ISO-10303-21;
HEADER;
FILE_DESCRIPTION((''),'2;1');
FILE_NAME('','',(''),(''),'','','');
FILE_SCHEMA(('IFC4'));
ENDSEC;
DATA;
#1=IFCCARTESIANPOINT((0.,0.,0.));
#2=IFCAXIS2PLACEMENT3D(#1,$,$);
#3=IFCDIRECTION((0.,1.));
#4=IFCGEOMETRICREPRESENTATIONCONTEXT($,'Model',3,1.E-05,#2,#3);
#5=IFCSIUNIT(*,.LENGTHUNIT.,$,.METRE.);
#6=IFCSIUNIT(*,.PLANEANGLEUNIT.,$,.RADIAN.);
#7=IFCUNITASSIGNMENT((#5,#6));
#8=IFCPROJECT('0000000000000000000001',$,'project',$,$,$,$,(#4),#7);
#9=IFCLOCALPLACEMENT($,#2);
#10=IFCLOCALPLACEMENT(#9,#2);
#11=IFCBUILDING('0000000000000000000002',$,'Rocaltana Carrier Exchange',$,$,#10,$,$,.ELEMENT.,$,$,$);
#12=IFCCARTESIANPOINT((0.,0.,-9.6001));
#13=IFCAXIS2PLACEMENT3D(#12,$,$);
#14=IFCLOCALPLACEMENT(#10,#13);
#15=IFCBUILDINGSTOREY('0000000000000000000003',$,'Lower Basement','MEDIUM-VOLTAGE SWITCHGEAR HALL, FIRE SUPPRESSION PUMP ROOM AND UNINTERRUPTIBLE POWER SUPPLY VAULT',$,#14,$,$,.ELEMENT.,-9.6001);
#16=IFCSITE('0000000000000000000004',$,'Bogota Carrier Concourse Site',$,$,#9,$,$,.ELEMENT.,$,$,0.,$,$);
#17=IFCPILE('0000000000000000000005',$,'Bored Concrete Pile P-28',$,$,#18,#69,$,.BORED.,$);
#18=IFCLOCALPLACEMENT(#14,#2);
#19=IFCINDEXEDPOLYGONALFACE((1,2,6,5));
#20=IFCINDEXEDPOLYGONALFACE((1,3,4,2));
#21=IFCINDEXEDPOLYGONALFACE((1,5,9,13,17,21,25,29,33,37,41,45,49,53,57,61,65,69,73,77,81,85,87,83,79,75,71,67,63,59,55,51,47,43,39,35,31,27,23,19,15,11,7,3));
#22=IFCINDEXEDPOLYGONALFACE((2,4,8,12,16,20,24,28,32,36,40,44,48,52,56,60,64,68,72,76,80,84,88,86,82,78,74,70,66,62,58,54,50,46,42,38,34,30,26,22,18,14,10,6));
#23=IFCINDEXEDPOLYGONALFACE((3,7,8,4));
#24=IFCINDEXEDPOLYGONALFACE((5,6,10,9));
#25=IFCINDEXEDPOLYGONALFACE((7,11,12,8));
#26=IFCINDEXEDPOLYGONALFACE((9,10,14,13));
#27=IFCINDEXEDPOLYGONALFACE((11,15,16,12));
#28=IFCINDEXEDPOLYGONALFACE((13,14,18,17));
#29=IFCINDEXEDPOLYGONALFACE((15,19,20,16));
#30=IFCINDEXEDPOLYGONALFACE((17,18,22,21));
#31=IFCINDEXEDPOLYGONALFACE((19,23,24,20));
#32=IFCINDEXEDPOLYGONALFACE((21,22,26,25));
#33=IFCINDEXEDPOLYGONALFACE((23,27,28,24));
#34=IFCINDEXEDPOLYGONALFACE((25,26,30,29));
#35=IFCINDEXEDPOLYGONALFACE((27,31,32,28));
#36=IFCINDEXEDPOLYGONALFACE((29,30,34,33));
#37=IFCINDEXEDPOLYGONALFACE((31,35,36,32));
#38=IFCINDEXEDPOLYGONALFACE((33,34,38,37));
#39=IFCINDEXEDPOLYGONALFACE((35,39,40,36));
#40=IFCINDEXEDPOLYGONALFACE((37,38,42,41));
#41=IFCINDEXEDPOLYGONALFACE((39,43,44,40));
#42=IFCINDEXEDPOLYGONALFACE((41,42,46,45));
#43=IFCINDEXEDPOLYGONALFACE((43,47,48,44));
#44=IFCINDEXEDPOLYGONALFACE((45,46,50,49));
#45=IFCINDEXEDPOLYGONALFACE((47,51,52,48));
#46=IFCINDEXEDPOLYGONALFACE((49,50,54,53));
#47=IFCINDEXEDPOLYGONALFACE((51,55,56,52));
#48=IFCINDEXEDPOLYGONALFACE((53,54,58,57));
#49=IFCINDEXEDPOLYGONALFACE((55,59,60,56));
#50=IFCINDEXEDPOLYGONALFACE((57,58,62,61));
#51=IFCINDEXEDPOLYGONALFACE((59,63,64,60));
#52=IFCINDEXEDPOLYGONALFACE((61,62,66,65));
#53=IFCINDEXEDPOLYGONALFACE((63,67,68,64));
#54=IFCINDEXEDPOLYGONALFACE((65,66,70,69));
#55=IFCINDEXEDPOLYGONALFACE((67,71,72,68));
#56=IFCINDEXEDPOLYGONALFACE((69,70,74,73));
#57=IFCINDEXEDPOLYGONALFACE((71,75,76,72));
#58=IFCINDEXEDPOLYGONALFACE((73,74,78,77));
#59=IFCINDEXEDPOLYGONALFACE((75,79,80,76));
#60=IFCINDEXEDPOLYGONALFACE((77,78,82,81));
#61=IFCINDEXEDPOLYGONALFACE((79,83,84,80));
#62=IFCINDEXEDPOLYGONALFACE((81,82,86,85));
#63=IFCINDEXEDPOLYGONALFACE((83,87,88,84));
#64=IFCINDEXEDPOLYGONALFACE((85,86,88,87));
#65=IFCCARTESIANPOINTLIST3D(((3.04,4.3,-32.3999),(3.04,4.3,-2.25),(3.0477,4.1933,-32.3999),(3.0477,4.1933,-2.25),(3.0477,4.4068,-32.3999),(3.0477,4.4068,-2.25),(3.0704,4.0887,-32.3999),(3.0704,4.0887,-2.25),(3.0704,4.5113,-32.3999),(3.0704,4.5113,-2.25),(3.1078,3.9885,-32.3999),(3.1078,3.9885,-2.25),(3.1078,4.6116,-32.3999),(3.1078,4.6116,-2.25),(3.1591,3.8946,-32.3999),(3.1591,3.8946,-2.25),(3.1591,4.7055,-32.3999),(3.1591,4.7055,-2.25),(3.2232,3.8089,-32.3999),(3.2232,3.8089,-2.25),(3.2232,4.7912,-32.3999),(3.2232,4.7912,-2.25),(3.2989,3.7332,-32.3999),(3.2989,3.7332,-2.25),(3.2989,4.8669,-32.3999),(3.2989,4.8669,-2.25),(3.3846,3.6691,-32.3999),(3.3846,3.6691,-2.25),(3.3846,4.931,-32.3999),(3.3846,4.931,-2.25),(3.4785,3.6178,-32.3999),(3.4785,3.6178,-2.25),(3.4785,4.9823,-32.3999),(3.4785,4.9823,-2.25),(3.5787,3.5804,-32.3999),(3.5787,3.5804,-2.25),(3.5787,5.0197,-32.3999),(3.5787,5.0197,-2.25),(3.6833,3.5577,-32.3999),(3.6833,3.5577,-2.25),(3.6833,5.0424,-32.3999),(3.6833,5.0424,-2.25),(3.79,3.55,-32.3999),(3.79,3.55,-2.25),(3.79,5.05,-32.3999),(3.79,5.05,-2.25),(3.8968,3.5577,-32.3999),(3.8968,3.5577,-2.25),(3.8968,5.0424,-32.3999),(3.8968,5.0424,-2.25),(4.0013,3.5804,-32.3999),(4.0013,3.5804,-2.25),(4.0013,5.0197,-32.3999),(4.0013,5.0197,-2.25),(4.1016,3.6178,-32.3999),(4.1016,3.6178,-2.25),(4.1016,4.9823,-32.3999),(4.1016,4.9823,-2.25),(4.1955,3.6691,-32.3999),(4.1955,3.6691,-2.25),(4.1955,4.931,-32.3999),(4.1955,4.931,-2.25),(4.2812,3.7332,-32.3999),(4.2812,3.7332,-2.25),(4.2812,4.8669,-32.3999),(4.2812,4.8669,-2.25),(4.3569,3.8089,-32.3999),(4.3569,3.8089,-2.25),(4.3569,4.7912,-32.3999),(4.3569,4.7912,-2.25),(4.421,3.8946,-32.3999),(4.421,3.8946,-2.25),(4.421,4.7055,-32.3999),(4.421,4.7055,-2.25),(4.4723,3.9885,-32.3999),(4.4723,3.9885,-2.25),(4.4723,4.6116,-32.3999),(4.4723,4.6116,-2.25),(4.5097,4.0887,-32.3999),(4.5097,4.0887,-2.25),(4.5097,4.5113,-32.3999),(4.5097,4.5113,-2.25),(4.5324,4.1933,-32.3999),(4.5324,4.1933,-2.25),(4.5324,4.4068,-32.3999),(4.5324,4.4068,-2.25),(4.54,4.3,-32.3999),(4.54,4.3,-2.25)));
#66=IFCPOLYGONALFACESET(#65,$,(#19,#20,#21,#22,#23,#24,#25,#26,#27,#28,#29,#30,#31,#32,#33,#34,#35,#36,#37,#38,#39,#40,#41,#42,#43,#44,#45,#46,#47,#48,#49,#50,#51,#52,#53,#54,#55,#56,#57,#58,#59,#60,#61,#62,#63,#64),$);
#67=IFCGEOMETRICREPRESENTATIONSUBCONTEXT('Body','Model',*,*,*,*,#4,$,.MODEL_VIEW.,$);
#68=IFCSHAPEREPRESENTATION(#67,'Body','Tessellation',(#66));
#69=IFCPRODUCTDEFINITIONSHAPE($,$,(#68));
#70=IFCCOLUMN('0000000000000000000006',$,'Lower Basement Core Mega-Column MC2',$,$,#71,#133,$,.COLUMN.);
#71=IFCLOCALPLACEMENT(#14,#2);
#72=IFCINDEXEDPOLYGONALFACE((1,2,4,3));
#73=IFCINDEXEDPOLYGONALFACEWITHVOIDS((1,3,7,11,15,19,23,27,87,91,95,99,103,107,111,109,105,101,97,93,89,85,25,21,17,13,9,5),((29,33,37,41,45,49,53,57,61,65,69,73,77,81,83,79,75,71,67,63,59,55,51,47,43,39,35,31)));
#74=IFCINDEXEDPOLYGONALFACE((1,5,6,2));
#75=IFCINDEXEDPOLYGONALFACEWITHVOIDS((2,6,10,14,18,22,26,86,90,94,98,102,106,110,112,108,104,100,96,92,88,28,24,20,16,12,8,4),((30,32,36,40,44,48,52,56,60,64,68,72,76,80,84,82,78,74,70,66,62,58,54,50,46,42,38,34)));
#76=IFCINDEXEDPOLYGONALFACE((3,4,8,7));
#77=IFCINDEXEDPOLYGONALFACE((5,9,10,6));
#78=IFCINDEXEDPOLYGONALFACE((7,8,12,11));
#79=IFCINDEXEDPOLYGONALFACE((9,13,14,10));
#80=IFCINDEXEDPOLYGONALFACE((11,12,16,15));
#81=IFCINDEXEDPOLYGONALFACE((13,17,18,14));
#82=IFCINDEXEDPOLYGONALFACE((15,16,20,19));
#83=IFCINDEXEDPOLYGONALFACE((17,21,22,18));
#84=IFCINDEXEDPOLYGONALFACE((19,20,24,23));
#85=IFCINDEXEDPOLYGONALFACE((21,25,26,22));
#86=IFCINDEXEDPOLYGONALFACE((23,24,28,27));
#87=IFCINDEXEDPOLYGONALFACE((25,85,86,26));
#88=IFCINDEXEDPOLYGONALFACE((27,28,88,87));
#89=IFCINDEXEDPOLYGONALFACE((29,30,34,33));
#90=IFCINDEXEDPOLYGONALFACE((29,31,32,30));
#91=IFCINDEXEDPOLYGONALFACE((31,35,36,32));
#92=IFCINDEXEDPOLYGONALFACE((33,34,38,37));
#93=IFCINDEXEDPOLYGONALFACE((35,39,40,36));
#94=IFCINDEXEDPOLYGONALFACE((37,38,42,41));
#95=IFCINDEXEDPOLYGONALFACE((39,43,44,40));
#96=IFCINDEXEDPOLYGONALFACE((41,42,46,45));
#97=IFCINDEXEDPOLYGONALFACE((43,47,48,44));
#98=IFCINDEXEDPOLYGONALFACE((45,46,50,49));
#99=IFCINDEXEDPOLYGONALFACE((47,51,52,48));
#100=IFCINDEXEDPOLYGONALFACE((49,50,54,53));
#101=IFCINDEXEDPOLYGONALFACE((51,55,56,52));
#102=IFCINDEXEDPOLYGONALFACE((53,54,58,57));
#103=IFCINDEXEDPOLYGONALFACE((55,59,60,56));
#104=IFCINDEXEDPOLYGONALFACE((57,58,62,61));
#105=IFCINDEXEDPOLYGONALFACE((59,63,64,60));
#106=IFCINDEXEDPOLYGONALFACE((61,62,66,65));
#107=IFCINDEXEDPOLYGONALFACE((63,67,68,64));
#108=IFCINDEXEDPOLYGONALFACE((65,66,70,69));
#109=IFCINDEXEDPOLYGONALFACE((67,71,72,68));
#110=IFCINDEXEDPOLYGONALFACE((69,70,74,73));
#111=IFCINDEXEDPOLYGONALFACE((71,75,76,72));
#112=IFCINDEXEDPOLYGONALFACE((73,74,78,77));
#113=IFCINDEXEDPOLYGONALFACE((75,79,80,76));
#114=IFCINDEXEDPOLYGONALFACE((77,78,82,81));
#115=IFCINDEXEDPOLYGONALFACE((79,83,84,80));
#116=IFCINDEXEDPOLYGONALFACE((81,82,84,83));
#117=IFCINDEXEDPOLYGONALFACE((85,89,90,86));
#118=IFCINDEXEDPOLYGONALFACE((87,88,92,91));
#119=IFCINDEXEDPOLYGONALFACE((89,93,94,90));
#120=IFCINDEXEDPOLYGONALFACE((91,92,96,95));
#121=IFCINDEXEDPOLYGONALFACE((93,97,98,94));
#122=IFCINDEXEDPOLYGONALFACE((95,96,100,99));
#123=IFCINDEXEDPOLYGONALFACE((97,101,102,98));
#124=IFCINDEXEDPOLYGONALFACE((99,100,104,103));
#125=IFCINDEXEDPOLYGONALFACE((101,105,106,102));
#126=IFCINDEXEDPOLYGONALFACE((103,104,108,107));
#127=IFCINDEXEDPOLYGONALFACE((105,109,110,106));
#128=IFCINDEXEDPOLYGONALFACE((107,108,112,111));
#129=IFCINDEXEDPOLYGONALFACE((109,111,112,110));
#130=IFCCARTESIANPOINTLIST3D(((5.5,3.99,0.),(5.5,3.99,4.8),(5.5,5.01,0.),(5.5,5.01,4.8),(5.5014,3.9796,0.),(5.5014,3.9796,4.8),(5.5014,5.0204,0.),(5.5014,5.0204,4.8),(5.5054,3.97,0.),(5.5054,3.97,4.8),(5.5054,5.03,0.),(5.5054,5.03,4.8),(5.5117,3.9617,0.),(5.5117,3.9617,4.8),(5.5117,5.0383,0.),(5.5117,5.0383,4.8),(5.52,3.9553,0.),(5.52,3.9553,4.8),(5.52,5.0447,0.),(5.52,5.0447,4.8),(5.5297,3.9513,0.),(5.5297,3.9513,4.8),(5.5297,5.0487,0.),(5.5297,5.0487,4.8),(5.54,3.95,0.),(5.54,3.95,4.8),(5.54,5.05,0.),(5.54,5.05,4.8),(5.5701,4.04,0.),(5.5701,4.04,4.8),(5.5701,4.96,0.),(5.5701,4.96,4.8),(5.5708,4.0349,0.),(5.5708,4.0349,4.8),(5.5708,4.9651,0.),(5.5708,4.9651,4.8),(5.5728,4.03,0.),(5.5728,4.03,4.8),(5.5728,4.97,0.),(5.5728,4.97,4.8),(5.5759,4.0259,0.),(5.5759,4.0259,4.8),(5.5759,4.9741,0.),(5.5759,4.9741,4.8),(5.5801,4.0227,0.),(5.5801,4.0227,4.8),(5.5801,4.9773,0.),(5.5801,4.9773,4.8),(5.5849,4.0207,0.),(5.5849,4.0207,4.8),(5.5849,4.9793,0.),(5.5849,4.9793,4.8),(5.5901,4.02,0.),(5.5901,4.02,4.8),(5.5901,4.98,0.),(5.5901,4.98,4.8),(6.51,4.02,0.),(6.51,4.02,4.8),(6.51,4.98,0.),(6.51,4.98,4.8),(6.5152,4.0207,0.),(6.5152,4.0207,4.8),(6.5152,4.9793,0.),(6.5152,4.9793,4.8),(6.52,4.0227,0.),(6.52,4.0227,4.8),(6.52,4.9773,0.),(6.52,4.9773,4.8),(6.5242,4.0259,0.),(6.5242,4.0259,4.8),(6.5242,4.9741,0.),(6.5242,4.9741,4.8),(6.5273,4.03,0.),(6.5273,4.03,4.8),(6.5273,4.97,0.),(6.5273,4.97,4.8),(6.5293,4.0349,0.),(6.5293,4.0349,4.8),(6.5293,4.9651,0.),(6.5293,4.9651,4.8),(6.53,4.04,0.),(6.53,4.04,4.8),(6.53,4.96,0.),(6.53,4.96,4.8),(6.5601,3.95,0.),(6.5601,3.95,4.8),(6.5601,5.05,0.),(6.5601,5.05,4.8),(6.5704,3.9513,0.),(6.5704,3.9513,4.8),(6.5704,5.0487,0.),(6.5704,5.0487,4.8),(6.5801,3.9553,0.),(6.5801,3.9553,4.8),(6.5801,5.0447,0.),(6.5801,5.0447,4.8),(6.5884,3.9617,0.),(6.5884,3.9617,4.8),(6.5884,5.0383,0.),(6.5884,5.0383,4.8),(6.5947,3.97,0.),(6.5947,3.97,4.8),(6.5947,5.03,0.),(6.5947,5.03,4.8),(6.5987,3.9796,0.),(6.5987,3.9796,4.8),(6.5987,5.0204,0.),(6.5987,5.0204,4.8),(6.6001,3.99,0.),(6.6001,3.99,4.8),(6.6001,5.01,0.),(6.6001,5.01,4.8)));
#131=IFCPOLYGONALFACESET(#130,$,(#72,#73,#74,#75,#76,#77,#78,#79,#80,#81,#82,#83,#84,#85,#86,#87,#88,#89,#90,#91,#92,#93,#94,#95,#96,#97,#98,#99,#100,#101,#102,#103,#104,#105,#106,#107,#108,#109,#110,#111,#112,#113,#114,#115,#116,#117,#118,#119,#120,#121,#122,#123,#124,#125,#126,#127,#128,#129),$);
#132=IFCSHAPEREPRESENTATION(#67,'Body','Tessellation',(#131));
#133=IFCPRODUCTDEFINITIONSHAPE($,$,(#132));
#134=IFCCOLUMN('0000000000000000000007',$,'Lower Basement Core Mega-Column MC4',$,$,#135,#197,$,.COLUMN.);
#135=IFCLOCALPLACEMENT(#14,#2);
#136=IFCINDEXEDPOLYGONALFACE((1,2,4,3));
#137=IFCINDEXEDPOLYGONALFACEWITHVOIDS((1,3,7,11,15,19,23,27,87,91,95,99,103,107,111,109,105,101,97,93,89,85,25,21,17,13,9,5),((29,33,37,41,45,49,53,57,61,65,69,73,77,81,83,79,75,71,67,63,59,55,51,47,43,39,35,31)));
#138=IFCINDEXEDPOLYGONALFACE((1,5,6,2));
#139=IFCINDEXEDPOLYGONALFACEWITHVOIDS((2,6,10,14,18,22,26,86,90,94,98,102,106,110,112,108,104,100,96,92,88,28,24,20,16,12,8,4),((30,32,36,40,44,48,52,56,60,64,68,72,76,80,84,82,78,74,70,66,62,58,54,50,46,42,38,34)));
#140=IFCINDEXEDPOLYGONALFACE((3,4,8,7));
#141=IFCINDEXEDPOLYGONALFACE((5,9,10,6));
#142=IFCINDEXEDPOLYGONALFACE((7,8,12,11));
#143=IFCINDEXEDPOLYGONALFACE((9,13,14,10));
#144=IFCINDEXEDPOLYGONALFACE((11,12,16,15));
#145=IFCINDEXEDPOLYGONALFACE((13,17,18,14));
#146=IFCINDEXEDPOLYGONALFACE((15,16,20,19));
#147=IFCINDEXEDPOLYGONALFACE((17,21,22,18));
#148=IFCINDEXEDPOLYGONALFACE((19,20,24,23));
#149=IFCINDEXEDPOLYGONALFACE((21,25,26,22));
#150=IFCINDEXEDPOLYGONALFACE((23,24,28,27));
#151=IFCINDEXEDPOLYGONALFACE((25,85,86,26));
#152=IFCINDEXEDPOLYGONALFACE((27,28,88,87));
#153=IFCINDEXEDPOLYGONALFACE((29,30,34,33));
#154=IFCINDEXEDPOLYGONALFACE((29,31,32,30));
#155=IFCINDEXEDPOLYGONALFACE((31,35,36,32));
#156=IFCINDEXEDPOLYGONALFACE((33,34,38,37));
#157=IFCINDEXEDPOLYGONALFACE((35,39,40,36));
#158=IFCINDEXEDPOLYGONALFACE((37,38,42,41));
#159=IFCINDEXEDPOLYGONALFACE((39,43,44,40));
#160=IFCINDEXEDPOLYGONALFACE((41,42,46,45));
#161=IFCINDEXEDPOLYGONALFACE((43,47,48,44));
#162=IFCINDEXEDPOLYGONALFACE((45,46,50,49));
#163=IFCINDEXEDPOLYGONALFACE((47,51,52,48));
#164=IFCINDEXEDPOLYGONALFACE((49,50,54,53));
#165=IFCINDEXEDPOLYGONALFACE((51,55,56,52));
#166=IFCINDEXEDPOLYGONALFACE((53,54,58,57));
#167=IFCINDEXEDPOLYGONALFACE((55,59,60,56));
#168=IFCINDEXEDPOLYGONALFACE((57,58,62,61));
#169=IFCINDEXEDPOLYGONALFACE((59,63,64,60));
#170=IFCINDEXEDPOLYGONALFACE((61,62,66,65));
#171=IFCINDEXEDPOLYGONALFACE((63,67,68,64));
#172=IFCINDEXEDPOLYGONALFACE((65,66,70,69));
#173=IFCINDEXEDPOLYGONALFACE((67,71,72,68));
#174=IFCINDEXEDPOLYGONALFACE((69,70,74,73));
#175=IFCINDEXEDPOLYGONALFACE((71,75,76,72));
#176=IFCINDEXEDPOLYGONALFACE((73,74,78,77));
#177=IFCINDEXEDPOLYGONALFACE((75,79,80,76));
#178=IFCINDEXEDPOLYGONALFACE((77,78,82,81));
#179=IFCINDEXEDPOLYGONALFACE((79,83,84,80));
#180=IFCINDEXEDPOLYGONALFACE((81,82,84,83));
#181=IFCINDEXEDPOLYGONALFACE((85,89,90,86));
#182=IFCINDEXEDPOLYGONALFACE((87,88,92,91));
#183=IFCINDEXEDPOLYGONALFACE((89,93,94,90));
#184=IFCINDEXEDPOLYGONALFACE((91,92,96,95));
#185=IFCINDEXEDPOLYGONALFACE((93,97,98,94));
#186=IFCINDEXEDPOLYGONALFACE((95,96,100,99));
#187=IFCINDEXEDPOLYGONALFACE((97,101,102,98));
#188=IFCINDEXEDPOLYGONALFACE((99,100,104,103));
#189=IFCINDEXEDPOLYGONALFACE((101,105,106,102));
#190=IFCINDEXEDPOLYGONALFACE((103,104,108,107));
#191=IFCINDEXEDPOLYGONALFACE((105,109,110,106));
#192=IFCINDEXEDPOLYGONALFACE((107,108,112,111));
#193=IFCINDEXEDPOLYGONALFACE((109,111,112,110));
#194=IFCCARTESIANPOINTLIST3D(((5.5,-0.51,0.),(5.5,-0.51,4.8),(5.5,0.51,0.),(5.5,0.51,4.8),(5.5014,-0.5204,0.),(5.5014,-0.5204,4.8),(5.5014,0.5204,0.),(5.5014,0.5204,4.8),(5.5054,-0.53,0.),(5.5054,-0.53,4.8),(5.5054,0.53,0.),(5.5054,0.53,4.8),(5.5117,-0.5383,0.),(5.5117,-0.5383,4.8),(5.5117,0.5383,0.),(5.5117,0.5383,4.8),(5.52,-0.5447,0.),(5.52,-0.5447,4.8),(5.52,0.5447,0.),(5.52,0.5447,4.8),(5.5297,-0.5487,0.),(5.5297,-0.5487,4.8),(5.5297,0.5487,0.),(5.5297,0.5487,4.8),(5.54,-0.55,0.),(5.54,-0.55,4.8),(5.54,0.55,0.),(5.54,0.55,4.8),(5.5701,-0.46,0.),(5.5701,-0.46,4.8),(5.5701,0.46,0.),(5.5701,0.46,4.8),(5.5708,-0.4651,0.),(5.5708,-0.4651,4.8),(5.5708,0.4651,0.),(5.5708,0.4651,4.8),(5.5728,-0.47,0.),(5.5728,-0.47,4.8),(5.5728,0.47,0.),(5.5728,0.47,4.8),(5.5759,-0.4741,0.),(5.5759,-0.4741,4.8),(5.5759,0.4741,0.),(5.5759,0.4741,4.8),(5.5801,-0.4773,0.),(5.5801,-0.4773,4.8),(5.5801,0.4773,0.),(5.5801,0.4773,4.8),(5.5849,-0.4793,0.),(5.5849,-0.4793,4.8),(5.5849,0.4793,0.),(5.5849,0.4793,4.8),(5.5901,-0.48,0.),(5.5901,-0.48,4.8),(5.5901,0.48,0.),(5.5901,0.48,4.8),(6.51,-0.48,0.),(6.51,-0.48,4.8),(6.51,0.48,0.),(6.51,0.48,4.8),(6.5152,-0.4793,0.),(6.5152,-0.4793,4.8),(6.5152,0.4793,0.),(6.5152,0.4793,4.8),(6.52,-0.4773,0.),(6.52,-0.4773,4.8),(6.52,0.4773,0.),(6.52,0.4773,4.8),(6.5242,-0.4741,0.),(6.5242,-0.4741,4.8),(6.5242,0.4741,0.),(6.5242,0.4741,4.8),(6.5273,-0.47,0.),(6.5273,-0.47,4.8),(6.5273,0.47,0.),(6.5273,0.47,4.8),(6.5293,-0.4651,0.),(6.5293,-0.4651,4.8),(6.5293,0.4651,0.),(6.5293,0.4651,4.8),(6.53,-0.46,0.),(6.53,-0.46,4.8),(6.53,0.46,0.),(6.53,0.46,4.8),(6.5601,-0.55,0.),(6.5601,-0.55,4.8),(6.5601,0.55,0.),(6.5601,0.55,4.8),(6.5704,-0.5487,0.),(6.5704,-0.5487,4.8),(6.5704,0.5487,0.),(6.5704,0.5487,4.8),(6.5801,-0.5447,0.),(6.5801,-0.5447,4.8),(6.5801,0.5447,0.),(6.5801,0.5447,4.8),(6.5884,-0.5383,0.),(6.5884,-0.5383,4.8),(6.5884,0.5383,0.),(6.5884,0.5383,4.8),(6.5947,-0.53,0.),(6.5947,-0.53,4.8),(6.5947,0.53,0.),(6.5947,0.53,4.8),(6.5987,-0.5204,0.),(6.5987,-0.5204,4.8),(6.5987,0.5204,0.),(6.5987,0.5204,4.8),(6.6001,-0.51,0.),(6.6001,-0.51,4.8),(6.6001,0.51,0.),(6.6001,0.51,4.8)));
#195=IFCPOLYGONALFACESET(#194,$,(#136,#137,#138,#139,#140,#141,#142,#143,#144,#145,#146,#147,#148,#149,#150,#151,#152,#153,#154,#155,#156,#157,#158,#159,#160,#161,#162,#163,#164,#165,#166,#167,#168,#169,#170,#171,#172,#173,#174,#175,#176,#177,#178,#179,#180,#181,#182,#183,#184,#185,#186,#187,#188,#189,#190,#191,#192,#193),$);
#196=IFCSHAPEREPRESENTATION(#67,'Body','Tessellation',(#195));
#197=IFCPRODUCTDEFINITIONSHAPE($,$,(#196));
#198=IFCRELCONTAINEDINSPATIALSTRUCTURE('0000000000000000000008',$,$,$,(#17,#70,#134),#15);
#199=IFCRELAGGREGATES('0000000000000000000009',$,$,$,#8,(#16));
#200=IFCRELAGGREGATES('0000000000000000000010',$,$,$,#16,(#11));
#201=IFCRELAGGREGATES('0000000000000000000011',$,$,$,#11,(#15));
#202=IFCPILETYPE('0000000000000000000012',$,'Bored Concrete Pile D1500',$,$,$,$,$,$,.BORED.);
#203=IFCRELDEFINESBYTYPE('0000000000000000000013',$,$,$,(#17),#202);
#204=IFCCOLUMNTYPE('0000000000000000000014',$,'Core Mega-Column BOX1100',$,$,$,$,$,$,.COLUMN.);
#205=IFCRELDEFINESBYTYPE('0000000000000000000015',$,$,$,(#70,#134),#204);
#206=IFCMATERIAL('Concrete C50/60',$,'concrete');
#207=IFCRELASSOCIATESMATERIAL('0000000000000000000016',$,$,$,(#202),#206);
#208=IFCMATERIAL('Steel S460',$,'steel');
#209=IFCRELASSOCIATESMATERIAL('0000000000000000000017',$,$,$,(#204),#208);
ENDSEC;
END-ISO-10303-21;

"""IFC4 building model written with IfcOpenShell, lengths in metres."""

from ifc_helpers import new_model, si_unit, direction, frame, origin, origin_2d, place, context, subcontext, project, spatial, hollow_rectangle, circle, extrude, material, material_profile, profile_set, type_object, element, save


model = new_model("IFC4")

# Units and contexts
model_context = context("Model", 3, precision=1e-05, world=origin(), true_north=direction((0.0, 1.0)))
body_context = subcontext(model_context, "Body", "Model", "MODEL_VIEW")
ifc_project = project(units=[si_unit("LENGTHUNIT", "METRE"), si_unit("PLANEANGLEUNIT", "RADIAN")], contexts=[model_context])

# Site, building, storey
site_placement = place(None, origin())
site = spatial("IfcSite", under=ifc_project, at=site_placement, Name="Bogota Carrier Concourse Site", CompositionType="ELEMENT", RefElevation=0.0)
building_placement = place(site_placement, origin())
building = spatial("IfcBuilding", under=site, at=building_placement, Name="Rocaltana Carrier Exchange", CompositionType="ELEMENT")
storey_placement = place(building_placement, frame((0.0, 0.0, -9.6001)))
storey = spatial("IfcBuildingStorey", under=building, at=storey_placement, Name="Lower Basement", Description="MEDIUM-VOLTAGE SWITCHGEAR HALL, FIRE SUPPRESSION PUMP ROOM AND UNINTERRUPTIBLE POWER SUPPLY VAULT", CompositionType="ELEMENT", Elevation=-9.6001)

# Pile
ifc_material_1 = material(Name="Concrete C50/60", Category="concrete")
ifc_material_profile_1 = material_profile(ifc_material_1, circle(Radius=0.75, at=origin_2d()), Name="PILE-D1500")
ifc_profile_set_1 = profile_set([ifc_material_profile_1], Name="Concrete C50/60")
pile_type = type_object("IfcPileType", Name="Bored Concrete Pile D1500", PredefinedType="BORED", material=ifc_profile_set_1)
pile_placement = place(storey_placement, frame((3.79, 4.3, -2.25), z_axis=(0.0, 0.0, -1.0), x_axis=(1.0, 0.0, 0.0)))
element("IfcPile", 1, at=pile_placement, inside=storey, type_object=pile_type, Name="Bored Concrete Pile P-28", PredefinedType="BORED", context=body_context, shape_type="SweptSolid", body=[
    extrude(circle(Radius=0.75, at=origin_2d()), origin(), (0.0, 0.0, 1.0), 30.1499),
])

# Columns
ifc_material_2 = material(Name="Steel S460", Category="steel")
ifc_material_profile_2 = material_profile(ifc_material_2, hollow_rectangle(XDim=1.1001, YDim=1.1001, WallThickness=0.0701, InnerFilletRadius=0.02, OuterFilletRadius=0.04, at=origin_2d()), Name="BOX1100X1100X70")
ifc_profile_set_2 = profile_set([ifc_material_profile_2], Name="Steel S460")
column_type = type_object("IfcColumnType", Name="Core Mega-Column BOX1100", PredefinedType="COLUMN", material=ifc_profile_set_2)
for number, where, z_axis, x_axis, name in (
    (2, (6.05, 4.5, 0.0), (0.0, 0.0, 1.0), (1.0, 0.0, 0.0), "Lower Basement Core Mega-Column MC2"),
    (3, (6.05, 0.0, 0.0), (0.0, 0.0, 1.0), (1.0, 0.0, 0.0), "Lower Basement Core Mega-Column MC4"),
):
    element("IfcColumn", number, at=place(storey_placement, frame(where, z_axis=z_axis, x_axis=x_axis)), inside=storey, type_object=column_type, Name=name, PredefinedType="COLUMN", context=body_context, shape_type="SweptSolid", body=[
        extrude(hollow_rectangle(XDim=1.1001, YDim=1.1001, WallThickness=0.0701, InnerFilletRadius=0.02, OuterFilletRadius=0.04, at=origin_2d()), origin(), (0.0, 0.0, 1.0), 4.8),
    ])

save(model, "model.ifc")
